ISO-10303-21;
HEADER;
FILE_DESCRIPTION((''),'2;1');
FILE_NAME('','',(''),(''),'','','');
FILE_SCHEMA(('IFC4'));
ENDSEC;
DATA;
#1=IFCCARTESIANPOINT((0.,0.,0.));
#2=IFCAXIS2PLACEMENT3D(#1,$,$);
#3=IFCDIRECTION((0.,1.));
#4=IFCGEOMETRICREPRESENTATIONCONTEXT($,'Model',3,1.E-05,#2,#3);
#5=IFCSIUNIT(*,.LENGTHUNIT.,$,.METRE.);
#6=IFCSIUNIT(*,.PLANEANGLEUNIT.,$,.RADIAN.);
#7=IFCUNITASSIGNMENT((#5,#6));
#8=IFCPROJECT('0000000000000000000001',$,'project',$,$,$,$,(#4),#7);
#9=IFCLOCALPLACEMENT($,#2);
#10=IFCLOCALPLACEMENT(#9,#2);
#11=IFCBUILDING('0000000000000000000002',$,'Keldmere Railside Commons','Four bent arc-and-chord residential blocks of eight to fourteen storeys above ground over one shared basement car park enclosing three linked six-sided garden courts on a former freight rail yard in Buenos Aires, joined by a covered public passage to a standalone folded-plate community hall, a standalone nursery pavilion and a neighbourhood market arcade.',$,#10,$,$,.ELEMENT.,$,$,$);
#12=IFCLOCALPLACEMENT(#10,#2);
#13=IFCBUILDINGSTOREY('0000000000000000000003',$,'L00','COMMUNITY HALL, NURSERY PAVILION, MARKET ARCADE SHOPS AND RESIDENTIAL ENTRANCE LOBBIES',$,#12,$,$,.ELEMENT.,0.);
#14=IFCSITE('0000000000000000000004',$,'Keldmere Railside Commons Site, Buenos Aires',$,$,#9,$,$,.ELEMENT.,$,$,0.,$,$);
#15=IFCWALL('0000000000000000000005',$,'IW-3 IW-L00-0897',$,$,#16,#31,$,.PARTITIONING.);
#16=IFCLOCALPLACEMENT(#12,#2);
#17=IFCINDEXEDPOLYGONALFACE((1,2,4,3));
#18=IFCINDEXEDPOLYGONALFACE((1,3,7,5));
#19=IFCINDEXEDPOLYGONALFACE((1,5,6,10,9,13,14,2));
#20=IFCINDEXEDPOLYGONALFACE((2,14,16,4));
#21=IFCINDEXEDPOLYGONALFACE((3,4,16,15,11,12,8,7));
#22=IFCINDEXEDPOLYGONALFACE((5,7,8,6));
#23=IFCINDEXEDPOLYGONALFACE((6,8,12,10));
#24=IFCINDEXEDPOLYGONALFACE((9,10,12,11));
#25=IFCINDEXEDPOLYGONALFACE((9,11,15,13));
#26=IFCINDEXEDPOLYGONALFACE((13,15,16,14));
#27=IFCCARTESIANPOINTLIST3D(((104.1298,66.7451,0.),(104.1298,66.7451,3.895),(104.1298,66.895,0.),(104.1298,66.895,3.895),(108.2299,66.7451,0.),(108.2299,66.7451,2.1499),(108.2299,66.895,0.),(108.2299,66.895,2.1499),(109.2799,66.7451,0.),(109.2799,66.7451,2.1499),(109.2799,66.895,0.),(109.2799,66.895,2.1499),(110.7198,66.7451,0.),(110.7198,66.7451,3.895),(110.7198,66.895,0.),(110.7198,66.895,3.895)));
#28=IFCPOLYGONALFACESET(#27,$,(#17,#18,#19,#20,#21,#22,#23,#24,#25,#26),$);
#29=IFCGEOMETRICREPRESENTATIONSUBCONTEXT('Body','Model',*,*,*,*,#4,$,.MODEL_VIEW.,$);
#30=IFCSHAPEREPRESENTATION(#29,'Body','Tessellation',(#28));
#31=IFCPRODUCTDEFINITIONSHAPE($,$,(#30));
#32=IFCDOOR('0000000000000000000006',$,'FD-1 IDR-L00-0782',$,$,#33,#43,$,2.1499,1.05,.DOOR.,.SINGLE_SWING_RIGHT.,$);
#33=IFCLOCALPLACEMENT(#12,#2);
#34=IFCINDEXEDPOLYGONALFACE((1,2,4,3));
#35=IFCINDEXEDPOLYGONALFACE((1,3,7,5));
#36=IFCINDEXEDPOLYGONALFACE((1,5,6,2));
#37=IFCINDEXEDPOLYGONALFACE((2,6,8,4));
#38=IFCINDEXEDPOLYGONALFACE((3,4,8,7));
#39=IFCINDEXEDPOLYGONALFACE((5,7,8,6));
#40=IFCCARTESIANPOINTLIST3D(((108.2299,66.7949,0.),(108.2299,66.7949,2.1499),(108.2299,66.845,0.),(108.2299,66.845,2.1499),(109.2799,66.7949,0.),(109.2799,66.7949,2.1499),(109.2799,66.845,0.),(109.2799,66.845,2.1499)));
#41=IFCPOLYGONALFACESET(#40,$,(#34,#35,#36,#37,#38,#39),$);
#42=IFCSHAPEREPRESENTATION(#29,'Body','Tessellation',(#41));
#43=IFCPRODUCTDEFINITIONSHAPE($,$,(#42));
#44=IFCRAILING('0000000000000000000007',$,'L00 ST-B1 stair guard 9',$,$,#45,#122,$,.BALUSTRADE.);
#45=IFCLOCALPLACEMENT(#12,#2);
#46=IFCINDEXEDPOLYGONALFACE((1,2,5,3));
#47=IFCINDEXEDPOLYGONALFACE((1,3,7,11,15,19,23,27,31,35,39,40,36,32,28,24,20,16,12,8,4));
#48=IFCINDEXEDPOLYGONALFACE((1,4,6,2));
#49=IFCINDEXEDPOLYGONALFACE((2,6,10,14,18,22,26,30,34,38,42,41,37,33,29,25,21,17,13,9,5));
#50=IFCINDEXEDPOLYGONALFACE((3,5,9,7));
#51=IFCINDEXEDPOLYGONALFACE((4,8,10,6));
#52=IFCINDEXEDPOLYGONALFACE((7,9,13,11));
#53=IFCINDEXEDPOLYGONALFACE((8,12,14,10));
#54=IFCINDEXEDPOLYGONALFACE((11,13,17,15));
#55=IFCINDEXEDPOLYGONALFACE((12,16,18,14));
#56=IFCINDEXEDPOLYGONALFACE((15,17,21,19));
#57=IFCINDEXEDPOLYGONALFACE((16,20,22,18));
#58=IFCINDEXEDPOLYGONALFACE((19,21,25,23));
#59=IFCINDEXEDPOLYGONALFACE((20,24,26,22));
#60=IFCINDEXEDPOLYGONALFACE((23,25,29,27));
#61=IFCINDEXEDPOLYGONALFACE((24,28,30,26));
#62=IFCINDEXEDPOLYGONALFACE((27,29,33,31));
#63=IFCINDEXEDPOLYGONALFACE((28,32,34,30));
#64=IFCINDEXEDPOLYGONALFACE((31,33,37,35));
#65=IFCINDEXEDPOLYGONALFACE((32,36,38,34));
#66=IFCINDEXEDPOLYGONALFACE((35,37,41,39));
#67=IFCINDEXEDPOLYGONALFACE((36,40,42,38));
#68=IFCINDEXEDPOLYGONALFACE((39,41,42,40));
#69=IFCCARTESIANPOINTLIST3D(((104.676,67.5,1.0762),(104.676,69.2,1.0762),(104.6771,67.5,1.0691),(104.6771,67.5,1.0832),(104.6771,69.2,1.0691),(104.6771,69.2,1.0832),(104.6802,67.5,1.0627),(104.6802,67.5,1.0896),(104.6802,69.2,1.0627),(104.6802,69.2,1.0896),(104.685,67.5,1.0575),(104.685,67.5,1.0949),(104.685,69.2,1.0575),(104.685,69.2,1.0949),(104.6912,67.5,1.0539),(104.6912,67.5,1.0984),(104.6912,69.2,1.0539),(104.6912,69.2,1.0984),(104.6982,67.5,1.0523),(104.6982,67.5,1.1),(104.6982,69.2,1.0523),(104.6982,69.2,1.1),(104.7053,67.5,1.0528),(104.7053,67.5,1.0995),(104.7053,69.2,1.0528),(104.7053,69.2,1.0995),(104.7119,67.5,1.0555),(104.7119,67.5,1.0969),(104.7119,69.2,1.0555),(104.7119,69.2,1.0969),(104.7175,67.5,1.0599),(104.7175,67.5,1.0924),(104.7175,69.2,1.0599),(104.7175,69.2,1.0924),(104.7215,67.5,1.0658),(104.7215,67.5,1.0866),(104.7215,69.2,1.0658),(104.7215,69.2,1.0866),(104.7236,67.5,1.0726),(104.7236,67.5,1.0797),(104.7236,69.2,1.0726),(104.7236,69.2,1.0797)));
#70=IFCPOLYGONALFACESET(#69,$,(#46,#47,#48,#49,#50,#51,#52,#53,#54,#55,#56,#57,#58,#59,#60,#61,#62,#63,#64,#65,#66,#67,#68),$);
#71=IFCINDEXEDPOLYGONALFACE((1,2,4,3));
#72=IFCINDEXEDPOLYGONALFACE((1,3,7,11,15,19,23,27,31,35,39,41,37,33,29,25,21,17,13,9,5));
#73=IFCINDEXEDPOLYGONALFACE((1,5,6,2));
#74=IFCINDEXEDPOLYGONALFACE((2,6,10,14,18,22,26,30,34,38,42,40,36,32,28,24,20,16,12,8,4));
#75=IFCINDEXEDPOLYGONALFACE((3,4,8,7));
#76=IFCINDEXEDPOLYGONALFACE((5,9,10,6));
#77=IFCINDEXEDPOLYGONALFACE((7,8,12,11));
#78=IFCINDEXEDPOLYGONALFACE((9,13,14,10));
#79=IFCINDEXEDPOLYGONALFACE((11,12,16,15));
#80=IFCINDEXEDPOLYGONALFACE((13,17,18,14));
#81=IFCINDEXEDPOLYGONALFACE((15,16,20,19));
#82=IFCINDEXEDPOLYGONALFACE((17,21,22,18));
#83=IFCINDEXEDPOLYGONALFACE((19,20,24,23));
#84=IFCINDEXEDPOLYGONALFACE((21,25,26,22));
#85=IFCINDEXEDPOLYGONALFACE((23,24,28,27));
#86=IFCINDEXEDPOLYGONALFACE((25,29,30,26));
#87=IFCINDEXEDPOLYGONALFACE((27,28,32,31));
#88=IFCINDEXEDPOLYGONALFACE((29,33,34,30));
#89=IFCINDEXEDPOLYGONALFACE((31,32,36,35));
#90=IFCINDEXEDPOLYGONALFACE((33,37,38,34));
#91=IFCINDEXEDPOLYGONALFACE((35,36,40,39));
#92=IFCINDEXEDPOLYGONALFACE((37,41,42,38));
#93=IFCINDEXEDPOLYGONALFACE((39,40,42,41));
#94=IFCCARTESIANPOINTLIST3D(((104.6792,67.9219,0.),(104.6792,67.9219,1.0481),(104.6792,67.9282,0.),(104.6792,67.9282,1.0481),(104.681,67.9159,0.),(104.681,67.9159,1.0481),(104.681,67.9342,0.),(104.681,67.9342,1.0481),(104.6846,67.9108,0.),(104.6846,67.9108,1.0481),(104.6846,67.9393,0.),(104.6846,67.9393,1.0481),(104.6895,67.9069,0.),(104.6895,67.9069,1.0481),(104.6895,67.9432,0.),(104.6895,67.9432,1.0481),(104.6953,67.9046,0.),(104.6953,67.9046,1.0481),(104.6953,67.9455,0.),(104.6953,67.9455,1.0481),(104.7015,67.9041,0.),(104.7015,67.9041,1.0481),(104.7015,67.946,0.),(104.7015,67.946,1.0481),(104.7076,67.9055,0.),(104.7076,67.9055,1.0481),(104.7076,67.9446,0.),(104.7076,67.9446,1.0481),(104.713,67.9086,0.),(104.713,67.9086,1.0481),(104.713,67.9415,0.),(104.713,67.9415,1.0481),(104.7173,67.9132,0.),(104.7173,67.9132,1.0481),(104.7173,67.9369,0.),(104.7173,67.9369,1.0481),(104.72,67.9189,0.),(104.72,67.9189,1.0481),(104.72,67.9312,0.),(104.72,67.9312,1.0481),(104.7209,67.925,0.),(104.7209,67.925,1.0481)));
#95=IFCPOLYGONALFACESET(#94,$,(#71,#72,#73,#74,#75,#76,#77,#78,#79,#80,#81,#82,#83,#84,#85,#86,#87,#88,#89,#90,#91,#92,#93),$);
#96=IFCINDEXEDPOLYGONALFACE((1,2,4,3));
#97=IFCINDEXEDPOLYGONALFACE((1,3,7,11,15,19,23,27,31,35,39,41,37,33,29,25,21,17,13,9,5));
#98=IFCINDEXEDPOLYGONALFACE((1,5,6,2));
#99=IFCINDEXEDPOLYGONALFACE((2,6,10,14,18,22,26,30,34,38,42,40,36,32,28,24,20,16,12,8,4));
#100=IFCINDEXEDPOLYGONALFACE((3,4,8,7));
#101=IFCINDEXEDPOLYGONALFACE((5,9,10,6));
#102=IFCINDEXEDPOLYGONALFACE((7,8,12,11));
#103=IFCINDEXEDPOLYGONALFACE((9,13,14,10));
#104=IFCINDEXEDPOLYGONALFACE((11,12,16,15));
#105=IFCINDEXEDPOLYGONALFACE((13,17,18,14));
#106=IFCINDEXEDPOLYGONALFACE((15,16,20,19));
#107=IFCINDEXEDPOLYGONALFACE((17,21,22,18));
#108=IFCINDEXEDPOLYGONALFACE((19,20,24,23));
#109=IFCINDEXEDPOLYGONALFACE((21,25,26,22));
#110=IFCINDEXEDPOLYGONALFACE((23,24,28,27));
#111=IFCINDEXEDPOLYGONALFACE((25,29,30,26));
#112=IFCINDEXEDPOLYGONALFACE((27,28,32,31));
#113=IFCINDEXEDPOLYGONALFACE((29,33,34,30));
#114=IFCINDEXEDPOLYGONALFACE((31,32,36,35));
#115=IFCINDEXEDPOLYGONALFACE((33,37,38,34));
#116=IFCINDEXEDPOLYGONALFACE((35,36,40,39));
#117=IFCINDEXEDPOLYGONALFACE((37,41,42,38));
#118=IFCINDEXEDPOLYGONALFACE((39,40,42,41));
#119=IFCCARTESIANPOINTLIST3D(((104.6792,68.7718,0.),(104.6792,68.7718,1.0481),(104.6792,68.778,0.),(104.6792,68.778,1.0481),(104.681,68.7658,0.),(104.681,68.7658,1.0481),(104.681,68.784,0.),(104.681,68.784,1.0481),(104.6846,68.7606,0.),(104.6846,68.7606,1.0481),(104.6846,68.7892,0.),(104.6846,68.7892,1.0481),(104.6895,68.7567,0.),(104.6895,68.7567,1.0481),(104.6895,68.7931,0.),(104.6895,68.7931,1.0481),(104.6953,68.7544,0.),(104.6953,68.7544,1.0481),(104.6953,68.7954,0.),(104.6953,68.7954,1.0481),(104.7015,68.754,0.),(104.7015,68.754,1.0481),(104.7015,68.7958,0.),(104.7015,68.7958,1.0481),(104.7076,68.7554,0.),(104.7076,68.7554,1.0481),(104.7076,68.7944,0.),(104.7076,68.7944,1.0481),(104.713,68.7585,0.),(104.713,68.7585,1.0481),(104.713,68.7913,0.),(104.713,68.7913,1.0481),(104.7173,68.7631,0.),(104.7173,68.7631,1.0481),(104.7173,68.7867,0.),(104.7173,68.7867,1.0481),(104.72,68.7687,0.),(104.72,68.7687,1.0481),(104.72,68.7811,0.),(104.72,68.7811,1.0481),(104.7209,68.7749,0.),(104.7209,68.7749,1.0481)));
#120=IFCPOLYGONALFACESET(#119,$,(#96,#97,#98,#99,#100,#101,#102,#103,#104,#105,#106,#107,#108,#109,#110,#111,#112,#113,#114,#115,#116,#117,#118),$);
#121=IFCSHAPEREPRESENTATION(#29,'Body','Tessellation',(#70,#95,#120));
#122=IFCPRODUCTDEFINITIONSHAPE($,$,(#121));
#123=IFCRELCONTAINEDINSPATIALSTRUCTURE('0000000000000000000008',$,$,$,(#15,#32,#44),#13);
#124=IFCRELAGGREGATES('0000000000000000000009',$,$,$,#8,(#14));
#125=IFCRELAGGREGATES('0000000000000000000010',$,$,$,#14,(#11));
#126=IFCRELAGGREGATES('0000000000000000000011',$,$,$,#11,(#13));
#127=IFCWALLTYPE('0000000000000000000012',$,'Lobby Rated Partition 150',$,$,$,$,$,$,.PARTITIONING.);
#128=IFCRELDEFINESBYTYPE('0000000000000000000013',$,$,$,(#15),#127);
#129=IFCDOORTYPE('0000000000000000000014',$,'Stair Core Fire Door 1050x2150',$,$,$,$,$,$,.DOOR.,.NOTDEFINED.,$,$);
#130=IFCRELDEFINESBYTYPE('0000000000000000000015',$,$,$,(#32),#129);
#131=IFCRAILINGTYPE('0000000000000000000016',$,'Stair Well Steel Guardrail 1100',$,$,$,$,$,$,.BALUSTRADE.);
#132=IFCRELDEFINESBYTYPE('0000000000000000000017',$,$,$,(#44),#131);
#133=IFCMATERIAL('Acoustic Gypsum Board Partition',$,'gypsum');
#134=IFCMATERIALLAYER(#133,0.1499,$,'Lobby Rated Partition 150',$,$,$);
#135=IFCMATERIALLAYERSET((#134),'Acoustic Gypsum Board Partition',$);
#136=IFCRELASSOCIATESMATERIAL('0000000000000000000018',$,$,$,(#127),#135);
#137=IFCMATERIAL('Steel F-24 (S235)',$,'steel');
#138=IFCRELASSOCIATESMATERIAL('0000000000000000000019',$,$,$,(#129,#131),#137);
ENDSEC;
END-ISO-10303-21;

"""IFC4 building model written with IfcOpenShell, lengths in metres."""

from ifc_helpers import new_model, si_unit, direction, frame, frame_2d, origin, origin_2d, place, context, subcontext, project, spatial, rectangle, circle, extrude, material, layer, layer_set, type_object, element, fill, save


model = new_model("IFC4")

# Units and contexts
model_context = context("Model", 3, precision=1e-05, world=origin(), true_north=direction((0.0, 1.0)))
body_context = subcontext(model_context, "Body", "Model", "MODEL_VIEW")
ifc_project = project(units=[si_unit("LENGTHUNIT", "METRE"), si_unit("PLANEANGLEUNIT", "RADIAN")], contexts=[model_context])

# Site, building, storey
site_placement = place(None, origin())
site = spatial("IfcSite", under=ifc_project, at=site_placement, Name="Keldmere Railside Commons Site, Buenos Aires", CompositionType="ELEMENT", RefElevation=0.0)
building_placement = place(site_placement, origin())
building = spatial("IfcBuilding", under=site, at=building_placement, Name="Keldmere Railside Commons", Description="Four bent arc-and-chord residential blocks of eight to fourteen storeys above ground over one shared basement car park enclosing three linked six-sided garden courts on a former freight rail yard in Buenos Aires, joined by a covered public passage to a standalone folded-plate community hall, a standalone nursery pavilion and a neighbourhood market arcade.", CompositionType="ELEMENT")
storey_placement = place(building_placement, origin())
storey = spatial("IfcBuildingStorey", under=building, at=storey_placement, Name="L00", Description="COMMUNITY HALL, NURSERY PAVILION, MARKET ARCADE SHOPS AND RESIDENTIAL ENTRANCE LOBBIES", CompositionType="ELEMENT", Elevation=0.0)

# Wall, opening, door
ifc_material_1 = material(Name="Acoustic Gypsum Board Partition", Category="gypsum")
ifc_layer_1 = layer(ifc_material_1, 0.1499, Name="Lobby Rated Partition 150")
ifc_layer_set_1 = layer_set([ifc_layer_1], Name="Acoustic Gypsum Board Partition")
wall_type_1 = type_object("IfcWallType", Name="Lobby Rated Partition 150", PredefinedType="PARTITIONING", material=ifc_layer_set_1)
wall_1_placement = place(storey_placement, frame((104.1299, 66.8201, 0.0), z_axis=(0.0, 0.0, 1.0), x_axis=(1.0, 0.0, 0.0)))
wall_1 = element("IfcWall", 1, at=wall_1_placement, inside=storey, type_object=wall_type_1, Name="IW-3 IW-L00-0897", PredefinedType="PARTITIONING", context=body_context, shape_type="SweptSolid", body=[
    extrude(rectangle(XDim=6.5901, YDim=0.1499, at=frame_2d((3.2949, 0.0))), origin(), (0.0, 0.0, 1.0), 3.895),
])
opening_1_placement = place(wall_1_placement, frame((4.1001, 0.0, 0.0)))
opening_1 = element("IfcOpeningElement", 2, at=opening_1_placement, cuts=wall_1, PredefinedType="OPENING", context=body_context, shape_type="SweptSolid", body=[
    extrude(rectangle(XDim=1.05, YDim=2.1499, at=frame_2d((0.5249, 1.075))), frame((0.0, 0.085, 0.0), z_axis=(0.0, -1.0, 0.0), x_axis=(1.0, 0.0, 0.0)), (0.0, 0.0, 1.0), 0.1699),
])
ifc_material_2 = material(Name="Steel F-24 (S235)", Category="steel")
door_type = type_object("IfcDoorType", Name="Stair Core Fire Door 1050x2150", OperationType="NOTDEFINED", PredefinedType="DOOR", material=ifc_material_2)
door_placement = place(opening_1_placement, origin())
door = element("IfcDoor", 3, at=door_placement, inside=storey, type_object=door_type, Name="FD-1 IDR-L00-0782", OperationType="SINGLE_SWING_RIGHT", OverallHeight=2.1499, OverallWidth=1.05, PredefinedType="DOOR", context=body_context, shape_type="SweptSolid", body=[
    extrude(rectangle(XDim=1.05, YDim=2.1499, at=frame_2d((0.5249, 1.075))), frame((0.0, 0.0249, 0.0), z_axis=(0.0, -1.0, 0.0), x_axis=(1.0, 0.0, 0.0)), (0.0, 0.0, 1.0), 0.05),
])
fill(opening_1, door)

# Railing
railing_type = type_object("IfcRailingType", Name="Stair Well Steel Guardrail 1100", PredefinedType="BALUSTRADE", material=ifc_material_2)
railing_placement = place(storey_placement, frame((104.7, 67.5, 0.0)))
element("IfcRailing", 4, at=railing_placement, inside=storey, type_object=railing_type, Name="L00 ST-B1 stair guard 9", PredefinedType="BALUSTRADE", context=body_context, shape_type="SweptSolid", body=[
    extrude(circle(Radius=0.0239, at=origin_2d()), frame((0.0, 0.0, 1.0762), z_axis=(0.0, 1.0, 0.0), x_axis=(-1.0, 0.0, 0.0)), (0.0, 0.0, 1.0), 1.7),
    extrude(circle(Radius=0.021, at=origin_2d()), frame((0.0, 0.425, 0.0)), (0.0, 0.0, 1.0), 1.0481),
    extrude(circle(Radius=0.021, at=origin_2d()), frame((0.0, 1.2749, 0.0)), (0.0, 0.0, 1.0), 1.0481),
])

save(model, "model.ifc")
